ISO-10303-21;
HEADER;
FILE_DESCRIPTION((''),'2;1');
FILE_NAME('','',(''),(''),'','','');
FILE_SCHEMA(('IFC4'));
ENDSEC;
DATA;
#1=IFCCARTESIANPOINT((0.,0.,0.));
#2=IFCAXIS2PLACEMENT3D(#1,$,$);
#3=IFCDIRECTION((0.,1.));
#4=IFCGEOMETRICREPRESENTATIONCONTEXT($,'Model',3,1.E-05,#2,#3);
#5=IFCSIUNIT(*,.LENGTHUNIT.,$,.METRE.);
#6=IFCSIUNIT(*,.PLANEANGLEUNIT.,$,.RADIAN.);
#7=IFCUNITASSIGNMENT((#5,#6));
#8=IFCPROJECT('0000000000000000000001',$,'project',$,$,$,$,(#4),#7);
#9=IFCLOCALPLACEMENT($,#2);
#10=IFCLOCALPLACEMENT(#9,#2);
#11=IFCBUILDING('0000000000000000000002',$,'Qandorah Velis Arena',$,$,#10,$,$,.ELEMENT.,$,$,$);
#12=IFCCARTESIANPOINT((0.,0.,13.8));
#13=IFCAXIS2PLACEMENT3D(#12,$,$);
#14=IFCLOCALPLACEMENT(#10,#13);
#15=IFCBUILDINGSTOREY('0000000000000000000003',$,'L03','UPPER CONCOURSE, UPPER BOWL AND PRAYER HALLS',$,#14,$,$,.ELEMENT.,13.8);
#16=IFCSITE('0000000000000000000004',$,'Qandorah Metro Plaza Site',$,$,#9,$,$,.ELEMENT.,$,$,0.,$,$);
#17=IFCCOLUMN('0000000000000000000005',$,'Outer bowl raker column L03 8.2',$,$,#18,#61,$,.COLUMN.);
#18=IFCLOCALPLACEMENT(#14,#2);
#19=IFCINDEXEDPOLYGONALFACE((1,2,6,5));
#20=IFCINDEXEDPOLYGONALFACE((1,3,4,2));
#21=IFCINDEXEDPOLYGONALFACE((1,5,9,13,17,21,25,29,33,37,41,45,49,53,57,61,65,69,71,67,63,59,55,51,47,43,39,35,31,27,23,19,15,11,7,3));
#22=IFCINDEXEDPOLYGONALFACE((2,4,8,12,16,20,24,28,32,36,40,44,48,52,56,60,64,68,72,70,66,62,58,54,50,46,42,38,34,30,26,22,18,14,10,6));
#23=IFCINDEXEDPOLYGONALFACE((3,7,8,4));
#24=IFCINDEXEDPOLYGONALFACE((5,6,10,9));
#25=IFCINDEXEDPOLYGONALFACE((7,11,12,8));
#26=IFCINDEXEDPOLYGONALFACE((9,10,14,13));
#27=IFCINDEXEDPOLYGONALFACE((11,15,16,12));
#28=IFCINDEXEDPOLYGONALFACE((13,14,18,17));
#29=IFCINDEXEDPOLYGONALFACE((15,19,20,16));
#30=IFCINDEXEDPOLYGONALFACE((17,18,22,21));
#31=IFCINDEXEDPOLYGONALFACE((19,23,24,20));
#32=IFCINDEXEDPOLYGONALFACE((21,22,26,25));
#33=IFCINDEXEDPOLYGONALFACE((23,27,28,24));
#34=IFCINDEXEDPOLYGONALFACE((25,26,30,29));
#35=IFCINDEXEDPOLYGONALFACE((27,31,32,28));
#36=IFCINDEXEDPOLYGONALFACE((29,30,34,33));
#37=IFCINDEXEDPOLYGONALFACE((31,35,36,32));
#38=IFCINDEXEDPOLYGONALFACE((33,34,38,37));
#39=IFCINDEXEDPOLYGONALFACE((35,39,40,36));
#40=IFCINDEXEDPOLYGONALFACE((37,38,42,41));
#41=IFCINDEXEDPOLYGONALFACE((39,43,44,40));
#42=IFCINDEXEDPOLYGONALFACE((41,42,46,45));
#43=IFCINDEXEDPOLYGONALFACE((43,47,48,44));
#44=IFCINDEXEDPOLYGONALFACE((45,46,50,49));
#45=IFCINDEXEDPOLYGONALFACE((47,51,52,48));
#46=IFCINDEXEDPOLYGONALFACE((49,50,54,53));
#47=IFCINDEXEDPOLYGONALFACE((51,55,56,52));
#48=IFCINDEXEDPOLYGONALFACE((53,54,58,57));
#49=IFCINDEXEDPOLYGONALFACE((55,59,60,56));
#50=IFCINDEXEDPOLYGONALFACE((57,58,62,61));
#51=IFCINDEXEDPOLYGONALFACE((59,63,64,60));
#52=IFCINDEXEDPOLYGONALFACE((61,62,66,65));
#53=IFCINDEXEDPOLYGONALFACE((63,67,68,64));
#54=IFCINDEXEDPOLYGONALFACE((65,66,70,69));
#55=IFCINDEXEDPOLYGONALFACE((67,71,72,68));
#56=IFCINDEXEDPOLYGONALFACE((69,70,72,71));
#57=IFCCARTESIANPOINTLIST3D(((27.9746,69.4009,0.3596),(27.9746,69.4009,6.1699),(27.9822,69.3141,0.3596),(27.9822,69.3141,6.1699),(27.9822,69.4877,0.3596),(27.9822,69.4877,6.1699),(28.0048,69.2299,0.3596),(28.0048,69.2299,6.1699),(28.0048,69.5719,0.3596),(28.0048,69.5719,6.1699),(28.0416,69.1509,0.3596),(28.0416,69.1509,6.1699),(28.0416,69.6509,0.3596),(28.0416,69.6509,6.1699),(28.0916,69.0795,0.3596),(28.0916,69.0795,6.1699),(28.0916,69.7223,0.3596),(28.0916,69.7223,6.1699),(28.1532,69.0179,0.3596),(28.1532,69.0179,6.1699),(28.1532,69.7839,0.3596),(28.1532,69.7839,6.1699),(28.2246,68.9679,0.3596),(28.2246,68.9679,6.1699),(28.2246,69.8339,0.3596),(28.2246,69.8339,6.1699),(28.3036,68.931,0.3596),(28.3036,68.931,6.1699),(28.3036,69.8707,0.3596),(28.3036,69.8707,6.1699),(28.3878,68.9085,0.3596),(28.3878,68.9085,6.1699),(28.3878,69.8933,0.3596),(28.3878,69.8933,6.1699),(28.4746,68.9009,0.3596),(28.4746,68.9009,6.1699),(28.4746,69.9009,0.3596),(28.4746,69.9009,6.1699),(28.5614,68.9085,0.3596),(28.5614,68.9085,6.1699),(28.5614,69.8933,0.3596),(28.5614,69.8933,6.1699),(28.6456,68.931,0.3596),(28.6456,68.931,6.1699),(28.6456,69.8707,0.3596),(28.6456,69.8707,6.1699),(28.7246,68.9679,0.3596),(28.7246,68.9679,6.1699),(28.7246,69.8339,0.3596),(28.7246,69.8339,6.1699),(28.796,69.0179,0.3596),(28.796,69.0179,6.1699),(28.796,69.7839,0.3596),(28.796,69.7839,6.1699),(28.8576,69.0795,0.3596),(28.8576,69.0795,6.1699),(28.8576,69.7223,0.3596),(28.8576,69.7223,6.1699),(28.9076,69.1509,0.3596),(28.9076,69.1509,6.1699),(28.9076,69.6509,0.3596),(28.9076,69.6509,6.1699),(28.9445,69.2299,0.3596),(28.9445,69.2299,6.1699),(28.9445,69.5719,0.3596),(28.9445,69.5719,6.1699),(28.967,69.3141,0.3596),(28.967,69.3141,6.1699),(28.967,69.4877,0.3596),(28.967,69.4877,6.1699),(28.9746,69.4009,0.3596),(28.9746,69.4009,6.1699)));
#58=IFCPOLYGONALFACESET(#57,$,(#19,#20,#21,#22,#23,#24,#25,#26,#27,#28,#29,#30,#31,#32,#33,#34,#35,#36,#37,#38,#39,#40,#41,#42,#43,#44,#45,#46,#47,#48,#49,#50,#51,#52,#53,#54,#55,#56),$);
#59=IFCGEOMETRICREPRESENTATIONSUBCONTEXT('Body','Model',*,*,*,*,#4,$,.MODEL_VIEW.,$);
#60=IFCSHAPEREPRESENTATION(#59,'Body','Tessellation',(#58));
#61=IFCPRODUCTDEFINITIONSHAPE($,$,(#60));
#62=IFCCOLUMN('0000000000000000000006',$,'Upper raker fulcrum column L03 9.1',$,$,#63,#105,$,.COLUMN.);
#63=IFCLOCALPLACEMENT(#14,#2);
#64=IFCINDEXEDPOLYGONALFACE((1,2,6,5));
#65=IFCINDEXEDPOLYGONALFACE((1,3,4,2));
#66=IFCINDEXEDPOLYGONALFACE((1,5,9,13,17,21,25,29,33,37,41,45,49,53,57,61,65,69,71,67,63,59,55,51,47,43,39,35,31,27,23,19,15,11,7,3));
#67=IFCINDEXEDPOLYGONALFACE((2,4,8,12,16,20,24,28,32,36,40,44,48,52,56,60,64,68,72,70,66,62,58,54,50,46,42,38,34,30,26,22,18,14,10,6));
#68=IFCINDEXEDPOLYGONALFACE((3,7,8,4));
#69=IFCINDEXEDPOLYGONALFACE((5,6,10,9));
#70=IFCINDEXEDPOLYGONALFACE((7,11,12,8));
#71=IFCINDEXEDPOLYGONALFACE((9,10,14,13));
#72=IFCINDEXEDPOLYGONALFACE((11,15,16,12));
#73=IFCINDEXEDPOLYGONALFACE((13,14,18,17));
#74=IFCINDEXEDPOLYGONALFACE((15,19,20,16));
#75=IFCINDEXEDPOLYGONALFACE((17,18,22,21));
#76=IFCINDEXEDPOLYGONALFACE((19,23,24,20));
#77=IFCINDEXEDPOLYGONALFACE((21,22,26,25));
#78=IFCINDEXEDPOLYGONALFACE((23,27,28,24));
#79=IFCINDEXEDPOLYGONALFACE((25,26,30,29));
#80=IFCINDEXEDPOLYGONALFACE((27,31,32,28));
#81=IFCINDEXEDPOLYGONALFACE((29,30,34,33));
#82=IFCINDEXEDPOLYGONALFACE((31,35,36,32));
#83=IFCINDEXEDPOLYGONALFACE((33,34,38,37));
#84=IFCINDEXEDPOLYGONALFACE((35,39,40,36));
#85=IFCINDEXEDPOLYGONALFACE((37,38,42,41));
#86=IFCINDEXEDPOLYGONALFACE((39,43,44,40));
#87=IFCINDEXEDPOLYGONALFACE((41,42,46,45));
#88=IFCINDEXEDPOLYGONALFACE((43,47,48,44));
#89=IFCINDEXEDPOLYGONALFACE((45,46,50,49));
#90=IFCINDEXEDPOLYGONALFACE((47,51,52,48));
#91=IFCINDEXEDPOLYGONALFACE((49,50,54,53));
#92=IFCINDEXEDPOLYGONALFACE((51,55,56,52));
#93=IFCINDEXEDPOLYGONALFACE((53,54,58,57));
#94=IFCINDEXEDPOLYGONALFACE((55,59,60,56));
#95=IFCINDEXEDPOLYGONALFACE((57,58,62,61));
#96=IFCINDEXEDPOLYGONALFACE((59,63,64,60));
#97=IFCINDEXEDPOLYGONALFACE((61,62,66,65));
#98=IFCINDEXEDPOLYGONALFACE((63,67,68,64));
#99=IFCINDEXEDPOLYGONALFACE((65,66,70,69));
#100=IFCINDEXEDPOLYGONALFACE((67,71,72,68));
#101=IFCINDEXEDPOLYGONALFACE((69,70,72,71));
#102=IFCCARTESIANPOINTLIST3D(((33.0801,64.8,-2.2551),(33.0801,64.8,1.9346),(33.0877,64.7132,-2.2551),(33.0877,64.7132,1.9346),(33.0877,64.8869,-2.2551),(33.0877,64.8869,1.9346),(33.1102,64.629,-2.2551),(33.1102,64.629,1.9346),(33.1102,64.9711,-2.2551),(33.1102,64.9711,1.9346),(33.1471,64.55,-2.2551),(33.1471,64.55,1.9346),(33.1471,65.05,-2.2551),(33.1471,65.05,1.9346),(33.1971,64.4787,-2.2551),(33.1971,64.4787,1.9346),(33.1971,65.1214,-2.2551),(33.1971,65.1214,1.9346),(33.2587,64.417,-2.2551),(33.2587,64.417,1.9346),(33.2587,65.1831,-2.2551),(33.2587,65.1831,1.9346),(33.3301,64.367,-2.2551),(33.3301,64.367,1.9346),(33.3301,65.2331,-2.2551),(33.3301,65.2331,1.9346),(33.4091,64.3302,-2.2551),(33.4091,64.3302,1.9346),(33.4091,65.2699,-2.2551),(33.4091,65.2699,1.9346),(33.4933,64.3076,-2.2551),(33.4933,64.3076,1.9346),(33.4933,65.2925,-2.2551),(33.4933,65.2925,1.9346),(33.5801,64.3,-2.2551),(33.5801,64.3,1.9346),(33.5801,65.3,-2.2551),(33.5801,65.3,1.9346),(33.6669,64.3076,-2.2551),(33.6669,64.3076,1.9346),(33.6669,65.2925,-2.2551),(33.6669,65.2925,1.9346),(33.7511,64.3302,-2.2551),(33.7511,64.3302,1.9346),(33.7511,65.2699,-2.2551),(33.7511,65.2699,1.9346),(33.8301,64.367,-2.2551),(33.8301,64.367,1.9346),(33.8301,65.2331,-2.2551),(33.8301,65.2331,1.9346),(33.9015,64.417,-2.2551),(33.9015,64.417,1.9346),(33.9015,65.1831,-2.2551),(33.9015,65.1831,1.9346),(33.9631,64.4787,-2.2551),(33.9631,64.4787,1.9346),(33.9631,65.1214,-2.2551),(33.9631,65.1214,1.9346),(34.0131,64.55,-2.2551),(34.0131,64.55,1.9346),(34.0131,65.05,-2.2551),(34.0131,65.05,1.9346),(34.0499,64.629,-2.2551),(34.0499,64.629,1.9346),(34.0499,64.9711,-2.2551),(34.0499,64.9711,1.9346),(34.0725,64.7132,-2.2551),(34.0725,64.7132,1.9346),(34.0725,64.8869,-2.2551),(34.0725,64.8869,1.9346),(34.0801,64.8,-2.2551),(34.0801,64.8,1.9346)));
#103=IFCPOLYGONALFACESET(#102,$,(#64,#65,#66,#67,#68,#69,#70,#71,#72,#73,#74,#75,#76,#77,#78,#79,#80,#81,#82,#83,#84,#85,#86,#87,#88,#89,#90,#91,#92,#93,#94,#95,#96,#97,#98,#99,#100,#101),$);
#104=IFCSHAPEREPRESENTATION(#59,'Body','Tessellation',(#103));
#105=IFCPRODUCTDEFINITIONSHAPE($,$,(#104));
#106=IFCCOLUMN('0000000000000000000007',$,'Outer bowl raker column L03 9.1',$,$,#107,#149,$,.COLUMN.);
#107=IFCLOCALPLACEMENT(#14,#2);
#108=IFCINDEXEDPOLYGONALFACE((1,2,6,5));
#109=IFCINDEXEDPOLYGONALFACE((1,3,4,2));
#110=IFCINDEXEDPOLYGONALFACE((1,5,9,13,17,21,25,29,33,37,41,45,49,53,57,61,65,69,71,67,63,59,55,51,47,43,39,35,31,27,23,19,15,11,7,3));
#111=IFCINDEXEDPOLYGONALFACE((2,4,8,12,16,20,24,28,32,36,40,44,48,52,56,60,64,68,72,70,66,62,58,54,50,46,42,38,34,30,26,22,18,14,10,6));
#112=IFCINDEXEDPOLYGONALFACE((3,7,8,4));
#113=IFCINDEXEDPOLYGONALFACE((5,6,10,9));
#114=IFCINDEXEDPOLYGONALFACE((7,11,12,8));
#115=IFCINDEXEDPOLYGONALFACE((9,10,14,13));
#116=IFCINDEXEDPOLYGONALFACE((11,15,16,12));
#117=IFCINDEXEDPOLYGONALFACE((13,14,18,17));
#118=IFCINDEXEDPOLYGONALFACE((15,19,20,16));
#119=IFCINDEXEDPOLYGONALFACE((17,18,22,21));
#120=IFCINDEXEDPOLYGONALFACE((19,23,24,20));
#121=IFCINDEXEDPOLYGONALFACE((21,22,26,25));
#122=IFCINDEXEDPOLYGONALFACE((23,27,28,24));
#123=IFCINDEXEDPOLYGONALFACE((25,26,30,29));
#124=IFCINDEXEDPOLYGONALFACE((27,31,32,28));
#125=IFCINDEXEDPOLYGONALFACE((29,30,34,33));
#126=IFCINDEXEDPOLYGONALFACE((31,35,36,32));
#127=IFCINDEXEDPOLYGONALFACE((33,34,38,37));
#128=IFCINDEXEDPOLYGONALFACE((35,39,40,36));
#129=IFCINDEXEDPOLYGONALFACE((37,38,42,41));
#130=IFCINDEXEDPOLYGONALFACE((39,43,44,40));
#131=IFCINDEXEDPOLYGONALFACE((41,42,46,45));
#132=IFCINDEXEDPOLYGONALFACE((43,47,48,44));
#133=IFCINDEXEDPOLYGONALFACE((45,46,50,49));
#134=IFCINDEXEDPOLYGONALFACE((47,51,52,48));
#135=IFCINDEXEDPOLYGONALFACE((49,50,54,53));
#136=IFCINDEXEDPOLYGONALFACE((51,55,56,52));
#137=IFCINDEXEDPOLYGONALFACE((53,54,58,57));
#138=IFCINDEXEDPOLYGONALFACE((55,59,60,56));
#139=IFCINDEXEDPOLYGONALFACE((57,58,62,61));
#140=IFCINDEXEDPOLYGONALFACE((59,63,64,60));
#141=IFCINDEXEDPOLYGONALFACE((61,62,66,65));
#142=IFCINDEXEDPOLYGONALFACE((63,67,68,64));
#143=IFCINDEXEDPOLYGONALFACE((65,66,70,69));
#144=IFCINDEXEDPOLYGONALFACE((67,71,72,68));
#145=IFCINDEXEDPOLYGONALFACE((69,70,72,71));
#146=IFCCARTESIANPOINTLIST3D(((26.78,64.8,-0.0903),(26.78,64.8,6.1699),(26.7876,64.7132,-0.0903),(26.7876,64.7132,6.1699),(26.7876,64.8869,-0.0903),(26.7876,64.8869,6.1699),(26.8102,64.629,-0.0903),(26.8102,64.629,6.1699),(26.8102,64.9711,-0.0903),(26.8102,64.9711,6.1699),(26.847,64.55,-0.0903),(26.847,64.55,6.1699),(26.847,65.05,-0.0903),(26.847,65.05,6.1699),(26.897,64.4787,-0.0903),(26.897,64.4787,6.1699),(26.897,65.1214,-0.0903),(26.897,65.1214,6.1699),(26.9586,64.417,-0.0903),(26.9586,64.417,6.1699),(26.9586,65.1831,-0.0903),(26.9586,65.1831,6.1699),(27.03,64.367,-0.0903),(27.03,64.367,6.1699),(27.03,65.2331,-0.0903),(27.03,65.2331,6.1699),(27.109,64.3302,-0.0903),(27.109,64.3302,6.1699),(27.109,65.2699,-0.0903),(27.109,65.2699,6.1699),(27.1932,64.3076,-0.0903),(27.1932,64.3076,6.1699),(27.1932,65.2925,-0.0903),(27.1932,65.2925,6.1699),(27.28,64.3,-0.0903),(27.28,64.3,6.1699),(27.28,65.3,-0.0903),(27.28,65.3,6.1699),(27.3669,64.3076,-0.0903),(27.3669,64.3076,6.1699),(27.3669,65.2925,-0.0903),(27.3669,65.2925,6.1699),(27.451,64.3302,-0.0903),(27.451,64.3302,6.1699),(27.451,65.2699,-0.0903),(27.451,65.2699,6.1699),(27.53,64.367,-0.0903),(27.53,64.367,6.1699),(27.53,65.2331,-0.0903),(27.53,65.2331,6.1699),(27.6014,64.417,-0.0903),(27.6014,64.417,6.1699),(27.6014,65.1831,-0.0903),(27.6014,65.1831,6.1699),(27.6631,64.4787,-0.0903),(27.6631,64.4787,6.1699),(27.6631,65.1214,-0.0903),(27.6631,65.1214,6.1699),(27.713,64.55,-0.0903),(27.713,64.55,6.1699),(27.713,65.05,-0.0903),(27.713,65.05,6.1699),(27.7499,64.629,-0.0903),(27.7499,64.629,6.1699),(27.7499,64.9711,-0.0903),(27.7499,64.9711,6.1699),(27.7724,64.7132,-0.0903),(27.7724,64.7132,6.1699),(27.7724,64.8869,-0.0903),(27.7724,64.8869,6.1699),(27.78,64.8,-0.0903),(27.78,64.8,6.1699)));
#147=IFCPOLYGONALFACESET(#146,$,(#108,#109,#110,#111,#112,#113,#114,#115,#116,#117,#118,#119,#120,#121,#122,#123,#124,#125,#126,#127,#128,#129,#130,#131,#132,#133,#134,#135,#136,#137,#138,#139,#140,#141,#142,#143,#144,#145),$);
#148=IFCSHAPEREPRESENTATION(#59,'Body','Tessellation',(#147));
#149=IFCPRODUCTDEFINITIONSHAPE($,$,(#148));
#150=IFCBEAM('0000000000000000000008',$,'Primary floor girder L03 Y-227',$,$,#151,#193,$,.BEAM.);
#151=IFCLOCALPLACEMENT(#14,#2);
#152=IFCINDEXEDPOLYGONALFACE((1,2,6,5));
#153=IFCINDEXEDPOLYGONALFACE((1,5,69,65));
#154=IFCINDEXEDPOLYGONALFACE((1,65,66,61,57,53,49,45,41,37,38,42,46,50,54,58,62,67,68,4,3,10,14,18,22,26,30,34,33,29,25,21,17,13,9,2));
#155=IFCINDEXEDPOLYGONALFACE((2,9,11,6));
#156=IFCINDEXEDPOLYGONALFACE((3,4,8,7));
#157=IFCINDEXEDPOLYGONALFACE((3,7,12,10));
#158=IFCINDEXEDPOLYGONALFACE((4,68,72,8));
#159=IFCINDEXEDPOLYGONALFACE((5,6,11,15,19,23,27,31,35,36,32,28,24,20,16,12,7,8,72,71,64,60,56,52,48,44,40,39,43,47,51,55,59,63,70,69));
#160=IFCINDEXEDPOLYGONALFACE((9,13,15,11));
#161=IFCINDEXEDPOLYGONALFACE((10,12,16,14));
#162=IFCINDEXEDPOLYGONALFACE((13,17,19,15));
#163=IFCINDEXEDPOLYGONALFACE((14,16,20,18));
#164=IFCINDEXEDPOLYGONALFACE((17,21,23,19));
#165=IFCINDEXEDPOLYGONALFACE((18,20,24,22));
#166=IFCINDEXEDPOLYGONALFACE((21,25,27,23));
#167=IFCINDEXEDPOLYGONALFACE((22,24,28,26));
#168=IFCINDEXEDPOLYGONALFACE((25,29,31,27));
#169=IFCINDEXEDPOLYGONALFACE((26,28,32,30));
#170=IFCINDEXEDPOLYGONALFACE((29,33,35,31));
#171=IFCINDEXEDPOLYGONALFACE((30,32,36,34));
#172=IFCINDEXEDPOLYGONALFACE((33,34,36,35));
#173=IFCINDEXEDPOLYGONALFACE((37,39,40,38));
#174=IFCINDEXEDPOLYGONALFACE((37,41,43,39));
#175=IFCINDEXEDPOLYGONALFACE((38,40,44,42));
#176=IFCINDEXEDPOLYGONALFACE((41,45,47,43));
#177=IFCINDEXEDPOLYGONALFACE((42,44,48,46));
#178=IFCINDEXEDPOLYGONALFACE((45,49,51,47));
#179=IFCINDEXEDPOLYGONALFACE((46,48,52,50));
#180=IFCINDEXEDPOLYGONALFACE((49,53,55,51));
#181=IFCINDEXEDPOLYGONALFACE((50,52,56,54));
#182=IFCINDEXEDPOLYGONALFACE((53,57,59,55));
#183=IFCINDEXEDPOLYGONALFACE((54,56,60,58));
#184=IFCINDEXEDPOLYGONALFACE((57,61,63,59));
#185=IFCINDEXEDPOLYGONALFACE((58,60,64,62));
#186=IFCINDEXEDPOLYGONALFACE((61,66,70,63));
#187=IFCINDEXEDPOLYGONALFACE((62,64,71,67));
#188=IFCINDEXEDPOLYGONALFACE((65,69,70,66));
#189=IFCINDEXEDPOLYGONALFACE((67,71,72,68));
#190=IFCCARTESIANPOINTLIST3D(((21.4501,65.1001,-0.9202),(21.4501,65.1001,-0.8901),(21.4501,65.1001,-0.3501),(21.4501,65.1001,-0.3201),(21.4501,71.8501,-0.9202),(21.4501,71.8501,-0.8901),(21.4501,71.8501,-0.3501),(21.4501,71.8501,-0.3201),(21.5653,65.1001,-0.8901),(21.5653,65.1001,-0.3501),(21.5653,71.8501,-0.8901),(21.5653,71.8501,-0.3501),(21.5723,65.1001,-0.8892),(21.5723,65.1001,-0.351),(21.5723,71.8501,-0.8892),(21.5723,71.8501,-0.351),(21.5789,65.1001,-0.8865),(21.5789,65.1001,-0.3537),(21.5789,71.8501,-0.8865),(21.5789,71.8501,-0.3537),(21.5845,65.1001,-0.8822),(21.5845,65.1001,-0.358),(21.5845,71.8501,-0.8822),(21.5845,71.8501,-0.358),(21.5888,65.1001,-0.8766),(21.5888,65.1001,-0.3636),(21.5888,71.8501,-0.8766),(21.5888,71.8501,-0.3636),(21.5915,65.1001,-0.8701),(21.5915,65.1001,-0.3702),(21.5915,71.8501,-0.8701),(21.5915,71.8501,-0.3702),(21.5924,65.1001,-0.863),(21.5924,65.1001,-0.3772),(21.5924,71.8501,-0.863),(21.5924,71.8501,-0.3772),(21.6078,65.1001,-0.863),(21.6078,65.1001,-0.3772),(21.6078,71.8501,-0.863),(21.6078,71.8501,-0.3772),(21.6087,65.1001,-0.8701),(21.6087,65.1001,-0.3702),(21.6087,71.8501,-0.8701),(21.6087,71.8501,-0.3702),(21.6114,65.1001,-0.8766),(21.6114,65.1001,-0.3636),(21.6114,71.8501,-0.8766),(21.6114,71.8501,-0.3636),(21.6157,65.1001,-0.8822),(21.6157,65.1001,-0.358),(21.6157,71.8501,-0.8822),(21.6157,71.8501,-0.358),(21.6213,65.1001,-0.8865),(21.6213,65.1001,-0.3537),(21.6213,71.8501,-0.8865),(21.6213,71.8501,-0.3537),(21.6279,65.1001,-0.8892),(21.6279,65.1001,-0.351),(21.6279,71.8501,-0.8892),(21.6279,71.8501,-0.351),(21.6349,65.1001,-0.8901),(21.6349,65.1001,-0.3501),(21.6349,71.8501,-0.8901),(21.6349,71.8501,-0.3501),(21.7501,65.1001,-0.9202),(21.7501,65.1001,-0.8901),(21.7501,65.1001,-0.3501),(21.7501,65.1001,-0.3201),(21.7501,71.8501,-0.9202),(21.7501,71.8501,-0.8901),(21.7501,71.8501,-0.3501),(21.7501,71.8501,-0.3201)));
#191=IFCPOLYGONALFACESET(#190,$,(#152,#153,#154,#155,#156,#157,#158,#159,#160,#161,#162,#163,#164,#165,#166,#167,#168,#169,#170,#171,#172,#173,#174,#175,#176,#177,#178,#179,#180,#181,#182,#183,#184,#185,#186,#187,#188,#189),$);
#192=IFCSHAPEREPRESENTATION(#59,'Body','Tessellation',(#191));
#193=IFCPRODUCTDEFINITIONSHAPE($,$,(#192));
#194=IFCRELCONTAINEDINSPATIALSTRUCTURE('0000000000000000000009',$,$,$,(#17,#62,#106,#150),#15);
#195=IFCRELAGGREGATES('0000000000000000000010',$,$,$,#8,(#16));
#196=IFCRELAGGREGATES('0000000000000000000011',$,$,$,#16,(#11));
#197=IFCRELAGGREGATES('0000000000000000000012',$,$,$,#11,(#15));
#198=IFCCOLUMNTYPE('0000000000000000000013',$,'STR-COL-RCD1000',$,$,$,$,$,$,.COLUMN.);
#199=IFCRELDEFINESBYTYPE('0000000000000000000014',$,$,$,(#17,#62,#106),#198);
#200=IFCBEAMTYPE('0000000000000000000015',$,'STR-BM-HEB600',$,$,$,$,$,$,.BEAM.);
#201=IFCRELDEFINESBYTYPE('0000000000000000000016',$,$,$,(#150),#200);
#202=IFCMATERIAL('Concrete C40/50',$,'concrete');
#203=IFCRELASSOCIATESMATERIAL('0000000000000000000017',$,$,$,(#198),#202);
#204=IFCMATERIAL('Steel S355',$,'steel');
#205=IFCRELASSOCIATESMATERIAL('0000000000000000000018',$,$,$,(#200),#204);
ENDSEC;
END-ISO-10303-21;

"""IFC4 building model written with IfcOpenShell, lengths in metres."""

from ifc_helpers import new_model, si_unit, direction, frame, origin, origin_2d, place, context, subcontext, project, spatial, circle, i_section, extrude, material, material_profile, profile_set, type_object, element, save


model = new_model("IFC4")

# Units and contexts
model_context = context("Model", 3, precision=1e-05, world=origin(), true_north=direction((0.0, 1.0)))
body_context = subcontext(model_context, "Body", "Model", "MODEL_VIEW")
ifc_project = project(units=[si_unit("LENGTHUNIT", "METRE"), si_unit("PLANEANGLEUNIT", "RADIAN")], contexts=[model_context])

# Site, building, storey
site_placement = place(None, origin())
site = spatial("IfcSite", under=ifc_project, at=site_placement, Name="Qandorah Metro Plaza Site", CompositionType="ELEMENT", RefElevation=0.0)
building_placement = place(site_placement, origin())
building = spatial("IfcBuilding", under=site, at=building_placement, Name="Qandorah Velis Arena", CompositionType="ELEMENT")
storey_placement = place(building_placement, frame((0.0, 0.0, 13.8)))
storey = spatial("IfcBuildingStorey", under=building, at=storey_placement, Name="L03", Description="UPPER CONCOURSE, UPPER BOWL AND PRAYER HALLS", CompositionType="ELEMENT", Elevation=13.8)

# Columns
ifc_material_1 = material(Name="Concrete C40/50", Category="concrete")
ifc_material_profile_1 = material_profile(ifc_material_1, circle(Radius=0.5, at=origin_2d()), Name="RC D1000")
ifc_profile_set_1 = profile_set([ifc_material_profile_1], Name="Concrete C40/50")
column_type_1 = type_object("IfcColumnType", Name="STR-COL-RCD1000", PredefinedType="COLUMN", material=ifc_profile_set_1)
column_1_placement = place(storey_placement, frame((28.4746, 69.4009, 0.3596), z_axis=(0.0, 0.0, 1.0), x_axis=(1.0, 0.0, 0.0)))
element("IfcColumn", 1, at=column_1_placement, inside=storey, type_object=column_type_1, Name="Outer bowl raker column L03 8.2", PredefinedType="COLUMN", context=body_context, shape_type="SweptSolid", body=[
    extrude(circle(Radius=0.5, at=origin_2d()), origin(), (0.0, 0.0, 1.0), 5.8103),
])
column_2_placement = place(storey_placement, frame((33.5801, 64.8, -2.2551), z_axis=(0.0, 0.0, 1.0), x_axis=(1.0, 0.0, 0.0)))
element("IfcColumn", 2, at=column_2_placement, inside=storey, type_object=column_type_1, Name="Upper raker fulcrum column L03 9.1", PredefinedType="COLUMN", context=body_context, shape_type="SweptSolid", body=[
    extrude(circle(Radius=0.5, at=origin_2d()), origin(), (0.0, 0.0, 1.0), 4.1897),
])
column_3_placement = place(storey_placement, frame((27.28, 64.8, -0.0903), z_axis=(0.0, 0.0, 1.0), x_axis=(1.0, 0.0, 0.0)))
element("IfcColumn", 3, at=column_3_placement, inside=storey, type_object=column_type_1, Name="Outer bowl raker column L03 9.1", PredefinedType="COLUMN", context=body_context, shape_type="SweptSolid", body=[
    extrude(circle(Radius=0.5, at=origin_2d()), origin(), (0.0, 0.0, 1.0), 6.2603),
])

# Beam
ifc_material_2 = material(Name="Steel S355", Category="steel")
ifc_material_profile_2 = material_profile(ifc_material_2, i_section(OverallWidth=0.3, OverallDepth=0.6001, WebThickness=0.0154, FlangeThickness=0.03, FilletRadius=0.0271, at=origin_2d()), Name="HEB 600")
ifc_profile_set_2 = profile_set([ifc_material_profile_2], Name="Steel S355")
beam_type_1 = type_object("IfcBeamType", Name="STR-BM-HEB600", PredefinedType="BEAM", material=ifc_profile_set_2)
beam_1_placement = place(storey_placement, frame((21.6001, 65.1001, -0.6201), z_axis=(0.0, 1.0, 0.0), x_axis=(-1.0, 0.0, 0.0)))
element("IfcBeam", 4, at=beam_1_placement, inside=storey, type_object=beam_type_1, Name="Primary floor girder L03 Y-227", PredefinedType="BEAM", context=body_context, shape_type="SweptSolid", body=[
    extrude(i_section(OverallWidth=0.3, OverallDepth=0.6001, WebThickness=0.0154, FlangeThickness=0.03, FilletRadius=0.0271, at=origin_2d()), origin(), (0.0, 0.0, 1.0), 6.75),
])

save(model, "model.ifc")
